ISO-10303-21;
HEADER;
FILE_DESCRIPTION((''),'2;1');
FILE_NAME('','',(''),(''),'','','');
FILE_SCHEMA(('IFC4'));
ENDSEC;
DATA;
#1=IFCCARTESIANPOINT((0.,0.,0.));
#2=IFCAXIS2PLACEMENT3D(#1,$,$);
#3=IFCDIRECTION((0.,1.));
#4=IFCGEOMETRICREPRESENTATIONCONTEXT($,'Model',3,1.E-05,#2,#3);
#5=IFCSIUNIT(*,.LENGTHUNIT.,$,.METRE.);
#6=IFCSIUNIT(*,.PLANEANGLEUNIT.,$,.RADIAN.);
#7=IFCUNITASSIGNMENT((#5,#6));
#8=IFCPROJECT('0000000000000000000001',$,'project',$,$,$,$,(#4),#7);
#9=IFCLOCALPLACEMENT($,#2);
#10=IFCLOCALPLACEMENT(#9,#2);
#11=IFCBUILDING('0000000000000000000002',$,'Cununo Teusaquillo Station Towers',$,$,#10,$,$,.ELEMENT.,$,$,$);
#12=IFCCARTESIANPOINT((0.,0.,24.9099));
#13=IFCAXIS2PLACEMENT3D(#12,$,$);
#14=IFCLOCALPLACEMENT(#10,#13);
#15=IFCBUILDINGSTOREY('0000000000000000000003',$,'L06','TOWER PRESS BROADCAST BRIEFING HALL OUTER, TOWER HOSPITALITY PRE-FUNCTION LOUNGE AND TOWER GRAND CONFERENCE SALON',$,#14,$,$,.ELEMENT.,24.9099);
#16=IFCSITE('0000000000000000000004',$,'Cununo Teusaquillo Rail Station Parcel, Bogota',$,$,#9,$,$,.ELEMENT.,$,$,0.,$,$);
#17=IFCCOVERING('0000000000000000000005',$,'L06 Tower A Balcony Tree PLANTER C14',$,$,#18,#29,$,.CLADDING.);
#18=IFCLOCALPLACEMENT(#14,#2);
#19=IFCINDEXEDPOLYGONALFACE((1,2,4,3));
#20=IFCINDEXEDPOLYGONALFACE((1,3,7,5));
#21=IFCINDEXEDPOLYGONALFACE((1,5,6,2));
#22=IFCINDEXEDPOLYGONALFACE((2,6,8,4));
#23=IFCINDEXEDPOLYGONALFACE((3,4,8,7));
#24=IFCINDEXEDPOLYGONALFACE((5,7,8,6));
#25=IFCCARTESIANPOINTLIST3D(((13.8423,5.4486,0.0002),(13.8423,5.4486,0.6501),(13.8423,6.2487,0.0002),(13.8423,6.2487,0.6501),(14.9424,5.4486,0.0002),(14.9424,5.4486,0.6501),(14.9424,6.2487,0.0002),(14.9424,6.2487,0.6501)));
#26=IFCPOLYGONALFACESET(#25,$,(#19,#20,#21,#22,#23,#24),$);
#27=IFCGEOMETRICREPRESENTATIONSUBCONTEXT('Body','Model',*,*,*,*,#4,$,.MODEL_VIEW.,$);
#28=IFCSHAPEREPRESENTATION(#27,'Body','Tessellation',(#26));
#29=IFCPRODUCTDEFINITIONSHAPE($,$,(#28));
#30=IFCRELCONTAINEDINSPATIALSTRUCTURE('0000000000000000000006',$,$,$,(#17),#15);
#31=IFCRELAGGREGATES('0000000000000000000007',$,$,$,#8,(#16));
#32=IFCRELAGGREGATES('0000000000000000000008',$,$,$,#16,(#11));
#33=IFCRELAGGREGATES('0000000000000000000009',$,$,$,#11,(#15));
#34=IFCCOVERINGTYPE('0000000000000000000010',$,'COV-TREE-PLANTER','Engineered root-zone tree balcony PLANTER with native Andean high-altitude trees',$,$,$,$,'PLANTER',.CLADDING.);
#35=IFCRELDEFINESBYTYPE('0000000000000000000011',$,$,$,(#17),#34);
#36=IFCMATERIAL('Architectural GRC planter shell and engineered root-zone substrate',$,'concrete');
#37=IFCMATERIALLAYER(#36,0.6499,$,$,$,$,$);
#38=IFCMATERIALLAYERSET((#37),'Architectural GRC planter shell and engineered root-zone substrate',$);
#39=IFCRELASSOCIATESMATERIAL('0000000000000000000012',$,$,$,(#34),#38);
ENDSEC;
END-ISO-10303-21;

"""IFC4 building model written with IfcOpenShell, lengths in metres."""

from ifc_helpers import new_model, si_unit, direction, frame, origin, origin_2d, place, context, subcontext, project, spatial, rectangle, extrude, source, transform, mapped, material, layer, layer_set, type_object, element, save


model = new_model("IFC4")

# Units and contexts
model_context = context("Model", 3, precision=1e-05, world=origin(), true_north=direction((0.0, 1.0)))
body_context = subcontext(model_context, "Body", "Model", "MODEL_VIEW")
ifc_project = project(units=[si_unit("LENGTHUNIT", "METRE"), si_unit("PLANEANGLEUNIT", "RADIAN")], contexts=[model_context])

# Site, building, storey
site_placement = place(None, origin())
site = spatial("IfcSite", under=ifc_project, at=site_placement, Name="Cununo Teusaquillo Rail Station Parcel, Bogota", CompositionType="ELEMENT", RefElevation=0.0)
building_placement = place(site_placement, origin())
building = spatial("IfcBuilding", under=site, at=building_placement, Name="Cununo Teusaquillo Station Towers", CompositionType="ELEMENT")
storey_placement = place(building_placement, frame((0.0, 0.0, 24.9099)))
storey = spatial("IfcBuildingStorey", under=building, at=storey_placement, Name="L06", Description="TOWER PRESS BROADCAST BRIEFING HALL OUTER, TOWER HOSPITALITY PRE-FUNCTION LOUNGE AND TOWER GRAND CONFERENCE SALON", CompositionType="ELEMENT", Elevation=24.9099)

# Covering
ifc_material_1 = material(Name="Architectural GRC planter shell and engineered root-zone substrate", Category="concrete")
ifc_layer_1 = layer(ifc_material_1, 0.6499)
ifc_layer_set_1 = layer_set([ifc_layer_1], Name="Architectural GRC planter shell and engineered root-zone substrate")
covering_type = type_object("IfcCoveringType", Name="COV-TREE-PLANTER", Description="Engineered root-zone tree balcony PLANTER with native Andean high-altitude trees", ElementType="PLANTER", PredefinedType="CLADDING", material=ifc_layer_set_1)
shared_shape_1 = source(origin(), body_context, "Body", "SweptSolid", [
    extrude(rectangle(XDim=1.1001, YDim=0.8, at=origin_2d()), origin(), (0.0, 0.0, 1.0), 0.6499),
])
covering_placement = place(storey_placement, frame((14.3923, 5.8486, 0.0002), z_axis=(0.0, 0.0, 1.0), x_axis=(1.0, 0.0, 0.0)))
element("IfcCovering", 1, at=covering_placement, inside=storey, type_object=covering_type, Name="L06 Tower A Balcony Tree PLANTER C14", PredefinedType="CLADDING", context=body_context, shape_type="MappedRepresentation", body=[
    mapped(shared_shape_1, transform((0.0, 0.0, 0.0), x_axis=(1.0, 0.0, 0.0), y_axis=(0.0, 1.0, 0.0), z_axis=(0.0, 0.0, 1.0), scale=1.0)),
])

save(model, "model.ifc")
